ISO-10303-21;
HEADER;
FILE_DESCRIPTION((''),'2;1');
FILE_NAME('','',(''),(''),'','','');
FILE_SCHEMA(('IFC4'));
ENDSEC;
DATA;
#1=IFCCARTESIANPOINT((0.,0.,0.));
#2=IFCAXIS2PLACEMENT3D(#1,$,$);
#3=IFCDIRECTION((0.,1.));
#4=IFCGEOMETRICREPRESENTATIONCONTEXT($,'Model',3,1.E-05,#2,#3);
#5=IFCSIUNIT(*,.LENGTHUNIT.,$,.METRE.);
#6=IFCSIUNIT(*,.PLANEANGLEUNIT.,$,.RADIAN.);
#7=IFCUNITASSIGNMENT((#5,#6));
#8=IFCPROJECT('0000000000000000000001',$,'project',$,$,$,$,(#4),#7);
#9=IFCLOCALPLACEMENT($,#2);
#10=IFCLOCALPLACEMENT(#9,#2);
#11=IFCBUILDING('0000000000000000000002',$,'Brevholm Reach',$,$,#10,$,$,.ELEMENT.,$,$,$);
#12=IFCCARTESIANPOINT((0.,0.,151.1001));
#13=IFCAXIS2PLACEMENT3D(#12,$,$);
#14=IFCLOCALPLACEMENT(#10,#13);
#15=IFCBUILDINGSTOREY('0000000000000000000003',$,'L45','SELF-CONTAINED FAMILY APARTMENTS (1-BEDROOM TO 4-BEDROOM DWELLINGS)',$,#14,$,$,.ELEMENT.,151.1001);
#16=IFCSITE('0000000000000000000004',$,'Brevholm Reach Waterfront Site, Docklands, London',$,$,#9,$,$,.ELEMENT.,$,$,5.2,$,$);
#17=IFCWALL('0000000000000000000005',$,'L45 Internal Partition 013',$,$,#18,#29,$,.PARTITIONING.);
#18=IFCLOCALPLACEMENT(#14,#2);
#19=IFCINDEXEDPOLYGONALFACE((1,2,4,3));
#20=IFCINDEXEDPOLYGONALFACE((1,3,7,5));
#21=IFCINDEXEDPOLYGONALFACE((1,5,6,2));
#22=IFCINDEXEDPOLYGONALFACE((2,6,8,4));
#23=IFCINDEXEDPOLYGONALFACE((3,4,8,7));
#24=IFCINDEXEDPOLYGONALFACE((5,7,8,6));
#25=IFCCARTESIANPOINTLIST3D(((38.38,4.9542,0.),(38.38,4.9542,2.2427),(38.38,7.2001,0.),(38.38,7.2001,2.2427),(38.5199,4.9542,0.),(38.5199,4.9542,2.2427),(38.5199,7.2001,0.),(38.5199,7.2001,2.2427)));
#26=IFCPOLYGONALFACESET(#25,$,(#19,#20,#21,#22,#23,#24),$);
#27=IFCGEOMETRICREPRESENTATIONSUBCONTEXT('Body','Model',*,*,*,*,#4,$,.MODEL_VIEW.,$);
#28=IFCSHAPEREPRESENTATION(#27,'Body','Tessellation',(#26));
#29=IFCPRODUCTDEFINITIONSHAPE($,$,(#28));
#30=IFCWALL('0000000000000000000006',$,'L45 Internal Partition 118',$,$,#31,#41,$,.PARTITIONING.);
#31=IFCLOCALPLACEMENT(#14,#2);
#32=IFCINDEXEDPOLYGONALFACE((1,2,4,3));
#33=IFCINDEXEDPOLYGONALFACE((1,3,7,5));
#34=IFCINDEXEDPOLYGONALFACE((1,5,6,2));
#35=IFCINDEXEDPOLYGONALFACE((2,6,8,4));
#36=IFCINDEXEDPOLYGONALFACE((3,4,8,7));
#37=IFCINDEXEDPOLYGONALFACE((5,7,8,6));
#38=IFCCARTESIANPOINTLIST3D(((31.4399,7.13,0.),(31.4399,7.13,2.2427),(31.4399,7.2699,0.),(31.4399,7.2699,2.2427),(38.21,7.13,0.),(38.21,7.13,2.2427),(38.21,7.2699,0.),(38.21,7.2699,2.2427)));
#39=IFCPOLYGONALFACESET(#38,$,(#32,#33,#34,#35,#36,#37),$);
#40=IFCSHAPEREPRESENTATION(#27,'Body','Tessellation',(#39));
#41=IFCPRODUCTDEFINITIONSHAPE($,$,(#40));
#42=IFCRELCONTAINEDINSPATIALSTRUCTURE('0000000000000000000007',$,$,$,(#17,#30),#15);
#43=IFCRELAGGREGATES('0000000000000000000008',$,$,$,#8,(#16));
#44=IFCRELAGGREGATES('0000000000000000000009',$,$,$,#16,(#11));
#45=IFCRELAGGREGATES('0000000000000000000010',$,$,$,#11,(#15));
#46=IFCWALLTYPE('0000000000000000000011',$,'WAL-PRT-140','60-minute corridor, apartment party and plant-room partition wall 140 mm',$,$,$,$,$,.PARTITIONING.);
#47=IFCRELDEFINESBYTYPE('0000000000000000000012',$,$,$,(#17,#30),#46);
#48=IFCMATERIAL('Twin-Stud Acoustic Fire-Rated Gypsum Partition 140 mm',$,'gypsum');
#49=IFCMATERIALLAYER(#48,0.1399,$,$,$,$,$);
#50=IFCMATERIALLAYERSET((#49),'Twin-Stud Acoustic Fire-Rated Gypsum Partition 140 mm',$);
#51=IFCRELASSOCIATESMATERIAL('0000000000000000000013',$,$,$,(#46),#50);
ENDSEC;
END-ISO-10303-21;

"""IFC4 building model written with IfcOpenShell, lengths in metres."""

from ifc_helpers import new_model, si_unit, direction, frame, frame_2d, origin, place, context, subcontext, project, spatial, rectangle, extrude, material, layer, layer_set, type_object, element, save


model = new_model("IFC4")

# Units and contexts
model_context = context("Model", 3, precision=1e-05, world=origin(), true_north=direction((0.0, 1.0)))
body_context = subcontext(model_context, "Body", "Model", "MODEL_VIEW")
ifc_project = project(units=[si_unit("LENGTHUNIT", "METRE"), si_unit("PLANEANGLEUNIT", "RADIAN")], contexts=[model_context])

# Site, building, storey
site_placement = place(None, origin())
site = spatial("IfcSite", under=ifc_project, at=site_placement, Name="Brevholm Reach Waterfront Site, Docklands, London", CompositionType="ELEMENT", RefElevation=5.2)
building_placement = place(site_placement, origin())
building = spatial("IfcBuilding", under=site, at=building_placement, Name="Brevholm Reach", CompositionType="ELEMENT")
storey_placement = place(building_placement, frame((0.0, 0.0, 151.1001)))
storey = spatial("IfcBuildingStorey", under=building, at=storey_placement, Name="L45", Description="SELF-CONTAINED FAMILY APARTMENTS (1-BEDROOM TO 4-BEDROOM DWELLINGS)", CompositionType="ELEMENT", Elevation=151.1001)

# Shared definitions
ifc_material_1 = material(Name="Twin-Stud Acoustic Fire-Rated Gypsum Partition 140 mm", Category="gypsum")
ifc_layer = layer(ifc_material_1, 0.1399)
ifc_layer_set = layer_set([ifc_layer], Name="Twin-Stud Acoustic Fire-Rated Gypsum Partition 140 mm")
wall_type = type_object("IfcWallType", Name="WAL-PRT-140", Description="60-minute corridor, apartment party and plant-room partition wall 140 mm", PredefinedType="PARTITIONING", material=ifc_layer_set)

# Walls
wall_1_placement = place(storey_placement, frame((38.45, 4.9541, 0.0), z_axis=(0.0, 0.0, 1.0), x_axis=(0.0, 1.0, 0.0)))
element("IfcWall", 1, at=wall_1_placement, inside=storey, type_object=wall_type, Name="L45 Internal Partition 013", PredefinedType="PARTITIONING", context=body_context, shape_type="SweptSolid", body=[
    extrude(rectangle(XDim=2.2458, YDim=0.1399, at=frame_2d((1.123, 0.0))), origin(), (0.0, 0.0, 1.0), 2.2427),
])
wall_2_placement = place(storey_placement, frame((31.4399, 7.2, 0.0), z_axis=(0.0, 0.0, 1.0), x_axis=(1.0, 0.0, 0.0)))
element("IfcWall", 2, at=wall_2_placement, inside=storey, type_object=wall_type, Name="L45 Internal Partition 118", PredefinedType="PARTITIONING", context=body_context, shape_type="SweptSolid", body=[
    extrude(rectangle(XDim=6.77, YDim=0.1399, at=frame_2d((3.385, 0.0))), origin(), (0.0, 0.0, 1.0), 2.2427),
])

save(model, "model.ifc")
